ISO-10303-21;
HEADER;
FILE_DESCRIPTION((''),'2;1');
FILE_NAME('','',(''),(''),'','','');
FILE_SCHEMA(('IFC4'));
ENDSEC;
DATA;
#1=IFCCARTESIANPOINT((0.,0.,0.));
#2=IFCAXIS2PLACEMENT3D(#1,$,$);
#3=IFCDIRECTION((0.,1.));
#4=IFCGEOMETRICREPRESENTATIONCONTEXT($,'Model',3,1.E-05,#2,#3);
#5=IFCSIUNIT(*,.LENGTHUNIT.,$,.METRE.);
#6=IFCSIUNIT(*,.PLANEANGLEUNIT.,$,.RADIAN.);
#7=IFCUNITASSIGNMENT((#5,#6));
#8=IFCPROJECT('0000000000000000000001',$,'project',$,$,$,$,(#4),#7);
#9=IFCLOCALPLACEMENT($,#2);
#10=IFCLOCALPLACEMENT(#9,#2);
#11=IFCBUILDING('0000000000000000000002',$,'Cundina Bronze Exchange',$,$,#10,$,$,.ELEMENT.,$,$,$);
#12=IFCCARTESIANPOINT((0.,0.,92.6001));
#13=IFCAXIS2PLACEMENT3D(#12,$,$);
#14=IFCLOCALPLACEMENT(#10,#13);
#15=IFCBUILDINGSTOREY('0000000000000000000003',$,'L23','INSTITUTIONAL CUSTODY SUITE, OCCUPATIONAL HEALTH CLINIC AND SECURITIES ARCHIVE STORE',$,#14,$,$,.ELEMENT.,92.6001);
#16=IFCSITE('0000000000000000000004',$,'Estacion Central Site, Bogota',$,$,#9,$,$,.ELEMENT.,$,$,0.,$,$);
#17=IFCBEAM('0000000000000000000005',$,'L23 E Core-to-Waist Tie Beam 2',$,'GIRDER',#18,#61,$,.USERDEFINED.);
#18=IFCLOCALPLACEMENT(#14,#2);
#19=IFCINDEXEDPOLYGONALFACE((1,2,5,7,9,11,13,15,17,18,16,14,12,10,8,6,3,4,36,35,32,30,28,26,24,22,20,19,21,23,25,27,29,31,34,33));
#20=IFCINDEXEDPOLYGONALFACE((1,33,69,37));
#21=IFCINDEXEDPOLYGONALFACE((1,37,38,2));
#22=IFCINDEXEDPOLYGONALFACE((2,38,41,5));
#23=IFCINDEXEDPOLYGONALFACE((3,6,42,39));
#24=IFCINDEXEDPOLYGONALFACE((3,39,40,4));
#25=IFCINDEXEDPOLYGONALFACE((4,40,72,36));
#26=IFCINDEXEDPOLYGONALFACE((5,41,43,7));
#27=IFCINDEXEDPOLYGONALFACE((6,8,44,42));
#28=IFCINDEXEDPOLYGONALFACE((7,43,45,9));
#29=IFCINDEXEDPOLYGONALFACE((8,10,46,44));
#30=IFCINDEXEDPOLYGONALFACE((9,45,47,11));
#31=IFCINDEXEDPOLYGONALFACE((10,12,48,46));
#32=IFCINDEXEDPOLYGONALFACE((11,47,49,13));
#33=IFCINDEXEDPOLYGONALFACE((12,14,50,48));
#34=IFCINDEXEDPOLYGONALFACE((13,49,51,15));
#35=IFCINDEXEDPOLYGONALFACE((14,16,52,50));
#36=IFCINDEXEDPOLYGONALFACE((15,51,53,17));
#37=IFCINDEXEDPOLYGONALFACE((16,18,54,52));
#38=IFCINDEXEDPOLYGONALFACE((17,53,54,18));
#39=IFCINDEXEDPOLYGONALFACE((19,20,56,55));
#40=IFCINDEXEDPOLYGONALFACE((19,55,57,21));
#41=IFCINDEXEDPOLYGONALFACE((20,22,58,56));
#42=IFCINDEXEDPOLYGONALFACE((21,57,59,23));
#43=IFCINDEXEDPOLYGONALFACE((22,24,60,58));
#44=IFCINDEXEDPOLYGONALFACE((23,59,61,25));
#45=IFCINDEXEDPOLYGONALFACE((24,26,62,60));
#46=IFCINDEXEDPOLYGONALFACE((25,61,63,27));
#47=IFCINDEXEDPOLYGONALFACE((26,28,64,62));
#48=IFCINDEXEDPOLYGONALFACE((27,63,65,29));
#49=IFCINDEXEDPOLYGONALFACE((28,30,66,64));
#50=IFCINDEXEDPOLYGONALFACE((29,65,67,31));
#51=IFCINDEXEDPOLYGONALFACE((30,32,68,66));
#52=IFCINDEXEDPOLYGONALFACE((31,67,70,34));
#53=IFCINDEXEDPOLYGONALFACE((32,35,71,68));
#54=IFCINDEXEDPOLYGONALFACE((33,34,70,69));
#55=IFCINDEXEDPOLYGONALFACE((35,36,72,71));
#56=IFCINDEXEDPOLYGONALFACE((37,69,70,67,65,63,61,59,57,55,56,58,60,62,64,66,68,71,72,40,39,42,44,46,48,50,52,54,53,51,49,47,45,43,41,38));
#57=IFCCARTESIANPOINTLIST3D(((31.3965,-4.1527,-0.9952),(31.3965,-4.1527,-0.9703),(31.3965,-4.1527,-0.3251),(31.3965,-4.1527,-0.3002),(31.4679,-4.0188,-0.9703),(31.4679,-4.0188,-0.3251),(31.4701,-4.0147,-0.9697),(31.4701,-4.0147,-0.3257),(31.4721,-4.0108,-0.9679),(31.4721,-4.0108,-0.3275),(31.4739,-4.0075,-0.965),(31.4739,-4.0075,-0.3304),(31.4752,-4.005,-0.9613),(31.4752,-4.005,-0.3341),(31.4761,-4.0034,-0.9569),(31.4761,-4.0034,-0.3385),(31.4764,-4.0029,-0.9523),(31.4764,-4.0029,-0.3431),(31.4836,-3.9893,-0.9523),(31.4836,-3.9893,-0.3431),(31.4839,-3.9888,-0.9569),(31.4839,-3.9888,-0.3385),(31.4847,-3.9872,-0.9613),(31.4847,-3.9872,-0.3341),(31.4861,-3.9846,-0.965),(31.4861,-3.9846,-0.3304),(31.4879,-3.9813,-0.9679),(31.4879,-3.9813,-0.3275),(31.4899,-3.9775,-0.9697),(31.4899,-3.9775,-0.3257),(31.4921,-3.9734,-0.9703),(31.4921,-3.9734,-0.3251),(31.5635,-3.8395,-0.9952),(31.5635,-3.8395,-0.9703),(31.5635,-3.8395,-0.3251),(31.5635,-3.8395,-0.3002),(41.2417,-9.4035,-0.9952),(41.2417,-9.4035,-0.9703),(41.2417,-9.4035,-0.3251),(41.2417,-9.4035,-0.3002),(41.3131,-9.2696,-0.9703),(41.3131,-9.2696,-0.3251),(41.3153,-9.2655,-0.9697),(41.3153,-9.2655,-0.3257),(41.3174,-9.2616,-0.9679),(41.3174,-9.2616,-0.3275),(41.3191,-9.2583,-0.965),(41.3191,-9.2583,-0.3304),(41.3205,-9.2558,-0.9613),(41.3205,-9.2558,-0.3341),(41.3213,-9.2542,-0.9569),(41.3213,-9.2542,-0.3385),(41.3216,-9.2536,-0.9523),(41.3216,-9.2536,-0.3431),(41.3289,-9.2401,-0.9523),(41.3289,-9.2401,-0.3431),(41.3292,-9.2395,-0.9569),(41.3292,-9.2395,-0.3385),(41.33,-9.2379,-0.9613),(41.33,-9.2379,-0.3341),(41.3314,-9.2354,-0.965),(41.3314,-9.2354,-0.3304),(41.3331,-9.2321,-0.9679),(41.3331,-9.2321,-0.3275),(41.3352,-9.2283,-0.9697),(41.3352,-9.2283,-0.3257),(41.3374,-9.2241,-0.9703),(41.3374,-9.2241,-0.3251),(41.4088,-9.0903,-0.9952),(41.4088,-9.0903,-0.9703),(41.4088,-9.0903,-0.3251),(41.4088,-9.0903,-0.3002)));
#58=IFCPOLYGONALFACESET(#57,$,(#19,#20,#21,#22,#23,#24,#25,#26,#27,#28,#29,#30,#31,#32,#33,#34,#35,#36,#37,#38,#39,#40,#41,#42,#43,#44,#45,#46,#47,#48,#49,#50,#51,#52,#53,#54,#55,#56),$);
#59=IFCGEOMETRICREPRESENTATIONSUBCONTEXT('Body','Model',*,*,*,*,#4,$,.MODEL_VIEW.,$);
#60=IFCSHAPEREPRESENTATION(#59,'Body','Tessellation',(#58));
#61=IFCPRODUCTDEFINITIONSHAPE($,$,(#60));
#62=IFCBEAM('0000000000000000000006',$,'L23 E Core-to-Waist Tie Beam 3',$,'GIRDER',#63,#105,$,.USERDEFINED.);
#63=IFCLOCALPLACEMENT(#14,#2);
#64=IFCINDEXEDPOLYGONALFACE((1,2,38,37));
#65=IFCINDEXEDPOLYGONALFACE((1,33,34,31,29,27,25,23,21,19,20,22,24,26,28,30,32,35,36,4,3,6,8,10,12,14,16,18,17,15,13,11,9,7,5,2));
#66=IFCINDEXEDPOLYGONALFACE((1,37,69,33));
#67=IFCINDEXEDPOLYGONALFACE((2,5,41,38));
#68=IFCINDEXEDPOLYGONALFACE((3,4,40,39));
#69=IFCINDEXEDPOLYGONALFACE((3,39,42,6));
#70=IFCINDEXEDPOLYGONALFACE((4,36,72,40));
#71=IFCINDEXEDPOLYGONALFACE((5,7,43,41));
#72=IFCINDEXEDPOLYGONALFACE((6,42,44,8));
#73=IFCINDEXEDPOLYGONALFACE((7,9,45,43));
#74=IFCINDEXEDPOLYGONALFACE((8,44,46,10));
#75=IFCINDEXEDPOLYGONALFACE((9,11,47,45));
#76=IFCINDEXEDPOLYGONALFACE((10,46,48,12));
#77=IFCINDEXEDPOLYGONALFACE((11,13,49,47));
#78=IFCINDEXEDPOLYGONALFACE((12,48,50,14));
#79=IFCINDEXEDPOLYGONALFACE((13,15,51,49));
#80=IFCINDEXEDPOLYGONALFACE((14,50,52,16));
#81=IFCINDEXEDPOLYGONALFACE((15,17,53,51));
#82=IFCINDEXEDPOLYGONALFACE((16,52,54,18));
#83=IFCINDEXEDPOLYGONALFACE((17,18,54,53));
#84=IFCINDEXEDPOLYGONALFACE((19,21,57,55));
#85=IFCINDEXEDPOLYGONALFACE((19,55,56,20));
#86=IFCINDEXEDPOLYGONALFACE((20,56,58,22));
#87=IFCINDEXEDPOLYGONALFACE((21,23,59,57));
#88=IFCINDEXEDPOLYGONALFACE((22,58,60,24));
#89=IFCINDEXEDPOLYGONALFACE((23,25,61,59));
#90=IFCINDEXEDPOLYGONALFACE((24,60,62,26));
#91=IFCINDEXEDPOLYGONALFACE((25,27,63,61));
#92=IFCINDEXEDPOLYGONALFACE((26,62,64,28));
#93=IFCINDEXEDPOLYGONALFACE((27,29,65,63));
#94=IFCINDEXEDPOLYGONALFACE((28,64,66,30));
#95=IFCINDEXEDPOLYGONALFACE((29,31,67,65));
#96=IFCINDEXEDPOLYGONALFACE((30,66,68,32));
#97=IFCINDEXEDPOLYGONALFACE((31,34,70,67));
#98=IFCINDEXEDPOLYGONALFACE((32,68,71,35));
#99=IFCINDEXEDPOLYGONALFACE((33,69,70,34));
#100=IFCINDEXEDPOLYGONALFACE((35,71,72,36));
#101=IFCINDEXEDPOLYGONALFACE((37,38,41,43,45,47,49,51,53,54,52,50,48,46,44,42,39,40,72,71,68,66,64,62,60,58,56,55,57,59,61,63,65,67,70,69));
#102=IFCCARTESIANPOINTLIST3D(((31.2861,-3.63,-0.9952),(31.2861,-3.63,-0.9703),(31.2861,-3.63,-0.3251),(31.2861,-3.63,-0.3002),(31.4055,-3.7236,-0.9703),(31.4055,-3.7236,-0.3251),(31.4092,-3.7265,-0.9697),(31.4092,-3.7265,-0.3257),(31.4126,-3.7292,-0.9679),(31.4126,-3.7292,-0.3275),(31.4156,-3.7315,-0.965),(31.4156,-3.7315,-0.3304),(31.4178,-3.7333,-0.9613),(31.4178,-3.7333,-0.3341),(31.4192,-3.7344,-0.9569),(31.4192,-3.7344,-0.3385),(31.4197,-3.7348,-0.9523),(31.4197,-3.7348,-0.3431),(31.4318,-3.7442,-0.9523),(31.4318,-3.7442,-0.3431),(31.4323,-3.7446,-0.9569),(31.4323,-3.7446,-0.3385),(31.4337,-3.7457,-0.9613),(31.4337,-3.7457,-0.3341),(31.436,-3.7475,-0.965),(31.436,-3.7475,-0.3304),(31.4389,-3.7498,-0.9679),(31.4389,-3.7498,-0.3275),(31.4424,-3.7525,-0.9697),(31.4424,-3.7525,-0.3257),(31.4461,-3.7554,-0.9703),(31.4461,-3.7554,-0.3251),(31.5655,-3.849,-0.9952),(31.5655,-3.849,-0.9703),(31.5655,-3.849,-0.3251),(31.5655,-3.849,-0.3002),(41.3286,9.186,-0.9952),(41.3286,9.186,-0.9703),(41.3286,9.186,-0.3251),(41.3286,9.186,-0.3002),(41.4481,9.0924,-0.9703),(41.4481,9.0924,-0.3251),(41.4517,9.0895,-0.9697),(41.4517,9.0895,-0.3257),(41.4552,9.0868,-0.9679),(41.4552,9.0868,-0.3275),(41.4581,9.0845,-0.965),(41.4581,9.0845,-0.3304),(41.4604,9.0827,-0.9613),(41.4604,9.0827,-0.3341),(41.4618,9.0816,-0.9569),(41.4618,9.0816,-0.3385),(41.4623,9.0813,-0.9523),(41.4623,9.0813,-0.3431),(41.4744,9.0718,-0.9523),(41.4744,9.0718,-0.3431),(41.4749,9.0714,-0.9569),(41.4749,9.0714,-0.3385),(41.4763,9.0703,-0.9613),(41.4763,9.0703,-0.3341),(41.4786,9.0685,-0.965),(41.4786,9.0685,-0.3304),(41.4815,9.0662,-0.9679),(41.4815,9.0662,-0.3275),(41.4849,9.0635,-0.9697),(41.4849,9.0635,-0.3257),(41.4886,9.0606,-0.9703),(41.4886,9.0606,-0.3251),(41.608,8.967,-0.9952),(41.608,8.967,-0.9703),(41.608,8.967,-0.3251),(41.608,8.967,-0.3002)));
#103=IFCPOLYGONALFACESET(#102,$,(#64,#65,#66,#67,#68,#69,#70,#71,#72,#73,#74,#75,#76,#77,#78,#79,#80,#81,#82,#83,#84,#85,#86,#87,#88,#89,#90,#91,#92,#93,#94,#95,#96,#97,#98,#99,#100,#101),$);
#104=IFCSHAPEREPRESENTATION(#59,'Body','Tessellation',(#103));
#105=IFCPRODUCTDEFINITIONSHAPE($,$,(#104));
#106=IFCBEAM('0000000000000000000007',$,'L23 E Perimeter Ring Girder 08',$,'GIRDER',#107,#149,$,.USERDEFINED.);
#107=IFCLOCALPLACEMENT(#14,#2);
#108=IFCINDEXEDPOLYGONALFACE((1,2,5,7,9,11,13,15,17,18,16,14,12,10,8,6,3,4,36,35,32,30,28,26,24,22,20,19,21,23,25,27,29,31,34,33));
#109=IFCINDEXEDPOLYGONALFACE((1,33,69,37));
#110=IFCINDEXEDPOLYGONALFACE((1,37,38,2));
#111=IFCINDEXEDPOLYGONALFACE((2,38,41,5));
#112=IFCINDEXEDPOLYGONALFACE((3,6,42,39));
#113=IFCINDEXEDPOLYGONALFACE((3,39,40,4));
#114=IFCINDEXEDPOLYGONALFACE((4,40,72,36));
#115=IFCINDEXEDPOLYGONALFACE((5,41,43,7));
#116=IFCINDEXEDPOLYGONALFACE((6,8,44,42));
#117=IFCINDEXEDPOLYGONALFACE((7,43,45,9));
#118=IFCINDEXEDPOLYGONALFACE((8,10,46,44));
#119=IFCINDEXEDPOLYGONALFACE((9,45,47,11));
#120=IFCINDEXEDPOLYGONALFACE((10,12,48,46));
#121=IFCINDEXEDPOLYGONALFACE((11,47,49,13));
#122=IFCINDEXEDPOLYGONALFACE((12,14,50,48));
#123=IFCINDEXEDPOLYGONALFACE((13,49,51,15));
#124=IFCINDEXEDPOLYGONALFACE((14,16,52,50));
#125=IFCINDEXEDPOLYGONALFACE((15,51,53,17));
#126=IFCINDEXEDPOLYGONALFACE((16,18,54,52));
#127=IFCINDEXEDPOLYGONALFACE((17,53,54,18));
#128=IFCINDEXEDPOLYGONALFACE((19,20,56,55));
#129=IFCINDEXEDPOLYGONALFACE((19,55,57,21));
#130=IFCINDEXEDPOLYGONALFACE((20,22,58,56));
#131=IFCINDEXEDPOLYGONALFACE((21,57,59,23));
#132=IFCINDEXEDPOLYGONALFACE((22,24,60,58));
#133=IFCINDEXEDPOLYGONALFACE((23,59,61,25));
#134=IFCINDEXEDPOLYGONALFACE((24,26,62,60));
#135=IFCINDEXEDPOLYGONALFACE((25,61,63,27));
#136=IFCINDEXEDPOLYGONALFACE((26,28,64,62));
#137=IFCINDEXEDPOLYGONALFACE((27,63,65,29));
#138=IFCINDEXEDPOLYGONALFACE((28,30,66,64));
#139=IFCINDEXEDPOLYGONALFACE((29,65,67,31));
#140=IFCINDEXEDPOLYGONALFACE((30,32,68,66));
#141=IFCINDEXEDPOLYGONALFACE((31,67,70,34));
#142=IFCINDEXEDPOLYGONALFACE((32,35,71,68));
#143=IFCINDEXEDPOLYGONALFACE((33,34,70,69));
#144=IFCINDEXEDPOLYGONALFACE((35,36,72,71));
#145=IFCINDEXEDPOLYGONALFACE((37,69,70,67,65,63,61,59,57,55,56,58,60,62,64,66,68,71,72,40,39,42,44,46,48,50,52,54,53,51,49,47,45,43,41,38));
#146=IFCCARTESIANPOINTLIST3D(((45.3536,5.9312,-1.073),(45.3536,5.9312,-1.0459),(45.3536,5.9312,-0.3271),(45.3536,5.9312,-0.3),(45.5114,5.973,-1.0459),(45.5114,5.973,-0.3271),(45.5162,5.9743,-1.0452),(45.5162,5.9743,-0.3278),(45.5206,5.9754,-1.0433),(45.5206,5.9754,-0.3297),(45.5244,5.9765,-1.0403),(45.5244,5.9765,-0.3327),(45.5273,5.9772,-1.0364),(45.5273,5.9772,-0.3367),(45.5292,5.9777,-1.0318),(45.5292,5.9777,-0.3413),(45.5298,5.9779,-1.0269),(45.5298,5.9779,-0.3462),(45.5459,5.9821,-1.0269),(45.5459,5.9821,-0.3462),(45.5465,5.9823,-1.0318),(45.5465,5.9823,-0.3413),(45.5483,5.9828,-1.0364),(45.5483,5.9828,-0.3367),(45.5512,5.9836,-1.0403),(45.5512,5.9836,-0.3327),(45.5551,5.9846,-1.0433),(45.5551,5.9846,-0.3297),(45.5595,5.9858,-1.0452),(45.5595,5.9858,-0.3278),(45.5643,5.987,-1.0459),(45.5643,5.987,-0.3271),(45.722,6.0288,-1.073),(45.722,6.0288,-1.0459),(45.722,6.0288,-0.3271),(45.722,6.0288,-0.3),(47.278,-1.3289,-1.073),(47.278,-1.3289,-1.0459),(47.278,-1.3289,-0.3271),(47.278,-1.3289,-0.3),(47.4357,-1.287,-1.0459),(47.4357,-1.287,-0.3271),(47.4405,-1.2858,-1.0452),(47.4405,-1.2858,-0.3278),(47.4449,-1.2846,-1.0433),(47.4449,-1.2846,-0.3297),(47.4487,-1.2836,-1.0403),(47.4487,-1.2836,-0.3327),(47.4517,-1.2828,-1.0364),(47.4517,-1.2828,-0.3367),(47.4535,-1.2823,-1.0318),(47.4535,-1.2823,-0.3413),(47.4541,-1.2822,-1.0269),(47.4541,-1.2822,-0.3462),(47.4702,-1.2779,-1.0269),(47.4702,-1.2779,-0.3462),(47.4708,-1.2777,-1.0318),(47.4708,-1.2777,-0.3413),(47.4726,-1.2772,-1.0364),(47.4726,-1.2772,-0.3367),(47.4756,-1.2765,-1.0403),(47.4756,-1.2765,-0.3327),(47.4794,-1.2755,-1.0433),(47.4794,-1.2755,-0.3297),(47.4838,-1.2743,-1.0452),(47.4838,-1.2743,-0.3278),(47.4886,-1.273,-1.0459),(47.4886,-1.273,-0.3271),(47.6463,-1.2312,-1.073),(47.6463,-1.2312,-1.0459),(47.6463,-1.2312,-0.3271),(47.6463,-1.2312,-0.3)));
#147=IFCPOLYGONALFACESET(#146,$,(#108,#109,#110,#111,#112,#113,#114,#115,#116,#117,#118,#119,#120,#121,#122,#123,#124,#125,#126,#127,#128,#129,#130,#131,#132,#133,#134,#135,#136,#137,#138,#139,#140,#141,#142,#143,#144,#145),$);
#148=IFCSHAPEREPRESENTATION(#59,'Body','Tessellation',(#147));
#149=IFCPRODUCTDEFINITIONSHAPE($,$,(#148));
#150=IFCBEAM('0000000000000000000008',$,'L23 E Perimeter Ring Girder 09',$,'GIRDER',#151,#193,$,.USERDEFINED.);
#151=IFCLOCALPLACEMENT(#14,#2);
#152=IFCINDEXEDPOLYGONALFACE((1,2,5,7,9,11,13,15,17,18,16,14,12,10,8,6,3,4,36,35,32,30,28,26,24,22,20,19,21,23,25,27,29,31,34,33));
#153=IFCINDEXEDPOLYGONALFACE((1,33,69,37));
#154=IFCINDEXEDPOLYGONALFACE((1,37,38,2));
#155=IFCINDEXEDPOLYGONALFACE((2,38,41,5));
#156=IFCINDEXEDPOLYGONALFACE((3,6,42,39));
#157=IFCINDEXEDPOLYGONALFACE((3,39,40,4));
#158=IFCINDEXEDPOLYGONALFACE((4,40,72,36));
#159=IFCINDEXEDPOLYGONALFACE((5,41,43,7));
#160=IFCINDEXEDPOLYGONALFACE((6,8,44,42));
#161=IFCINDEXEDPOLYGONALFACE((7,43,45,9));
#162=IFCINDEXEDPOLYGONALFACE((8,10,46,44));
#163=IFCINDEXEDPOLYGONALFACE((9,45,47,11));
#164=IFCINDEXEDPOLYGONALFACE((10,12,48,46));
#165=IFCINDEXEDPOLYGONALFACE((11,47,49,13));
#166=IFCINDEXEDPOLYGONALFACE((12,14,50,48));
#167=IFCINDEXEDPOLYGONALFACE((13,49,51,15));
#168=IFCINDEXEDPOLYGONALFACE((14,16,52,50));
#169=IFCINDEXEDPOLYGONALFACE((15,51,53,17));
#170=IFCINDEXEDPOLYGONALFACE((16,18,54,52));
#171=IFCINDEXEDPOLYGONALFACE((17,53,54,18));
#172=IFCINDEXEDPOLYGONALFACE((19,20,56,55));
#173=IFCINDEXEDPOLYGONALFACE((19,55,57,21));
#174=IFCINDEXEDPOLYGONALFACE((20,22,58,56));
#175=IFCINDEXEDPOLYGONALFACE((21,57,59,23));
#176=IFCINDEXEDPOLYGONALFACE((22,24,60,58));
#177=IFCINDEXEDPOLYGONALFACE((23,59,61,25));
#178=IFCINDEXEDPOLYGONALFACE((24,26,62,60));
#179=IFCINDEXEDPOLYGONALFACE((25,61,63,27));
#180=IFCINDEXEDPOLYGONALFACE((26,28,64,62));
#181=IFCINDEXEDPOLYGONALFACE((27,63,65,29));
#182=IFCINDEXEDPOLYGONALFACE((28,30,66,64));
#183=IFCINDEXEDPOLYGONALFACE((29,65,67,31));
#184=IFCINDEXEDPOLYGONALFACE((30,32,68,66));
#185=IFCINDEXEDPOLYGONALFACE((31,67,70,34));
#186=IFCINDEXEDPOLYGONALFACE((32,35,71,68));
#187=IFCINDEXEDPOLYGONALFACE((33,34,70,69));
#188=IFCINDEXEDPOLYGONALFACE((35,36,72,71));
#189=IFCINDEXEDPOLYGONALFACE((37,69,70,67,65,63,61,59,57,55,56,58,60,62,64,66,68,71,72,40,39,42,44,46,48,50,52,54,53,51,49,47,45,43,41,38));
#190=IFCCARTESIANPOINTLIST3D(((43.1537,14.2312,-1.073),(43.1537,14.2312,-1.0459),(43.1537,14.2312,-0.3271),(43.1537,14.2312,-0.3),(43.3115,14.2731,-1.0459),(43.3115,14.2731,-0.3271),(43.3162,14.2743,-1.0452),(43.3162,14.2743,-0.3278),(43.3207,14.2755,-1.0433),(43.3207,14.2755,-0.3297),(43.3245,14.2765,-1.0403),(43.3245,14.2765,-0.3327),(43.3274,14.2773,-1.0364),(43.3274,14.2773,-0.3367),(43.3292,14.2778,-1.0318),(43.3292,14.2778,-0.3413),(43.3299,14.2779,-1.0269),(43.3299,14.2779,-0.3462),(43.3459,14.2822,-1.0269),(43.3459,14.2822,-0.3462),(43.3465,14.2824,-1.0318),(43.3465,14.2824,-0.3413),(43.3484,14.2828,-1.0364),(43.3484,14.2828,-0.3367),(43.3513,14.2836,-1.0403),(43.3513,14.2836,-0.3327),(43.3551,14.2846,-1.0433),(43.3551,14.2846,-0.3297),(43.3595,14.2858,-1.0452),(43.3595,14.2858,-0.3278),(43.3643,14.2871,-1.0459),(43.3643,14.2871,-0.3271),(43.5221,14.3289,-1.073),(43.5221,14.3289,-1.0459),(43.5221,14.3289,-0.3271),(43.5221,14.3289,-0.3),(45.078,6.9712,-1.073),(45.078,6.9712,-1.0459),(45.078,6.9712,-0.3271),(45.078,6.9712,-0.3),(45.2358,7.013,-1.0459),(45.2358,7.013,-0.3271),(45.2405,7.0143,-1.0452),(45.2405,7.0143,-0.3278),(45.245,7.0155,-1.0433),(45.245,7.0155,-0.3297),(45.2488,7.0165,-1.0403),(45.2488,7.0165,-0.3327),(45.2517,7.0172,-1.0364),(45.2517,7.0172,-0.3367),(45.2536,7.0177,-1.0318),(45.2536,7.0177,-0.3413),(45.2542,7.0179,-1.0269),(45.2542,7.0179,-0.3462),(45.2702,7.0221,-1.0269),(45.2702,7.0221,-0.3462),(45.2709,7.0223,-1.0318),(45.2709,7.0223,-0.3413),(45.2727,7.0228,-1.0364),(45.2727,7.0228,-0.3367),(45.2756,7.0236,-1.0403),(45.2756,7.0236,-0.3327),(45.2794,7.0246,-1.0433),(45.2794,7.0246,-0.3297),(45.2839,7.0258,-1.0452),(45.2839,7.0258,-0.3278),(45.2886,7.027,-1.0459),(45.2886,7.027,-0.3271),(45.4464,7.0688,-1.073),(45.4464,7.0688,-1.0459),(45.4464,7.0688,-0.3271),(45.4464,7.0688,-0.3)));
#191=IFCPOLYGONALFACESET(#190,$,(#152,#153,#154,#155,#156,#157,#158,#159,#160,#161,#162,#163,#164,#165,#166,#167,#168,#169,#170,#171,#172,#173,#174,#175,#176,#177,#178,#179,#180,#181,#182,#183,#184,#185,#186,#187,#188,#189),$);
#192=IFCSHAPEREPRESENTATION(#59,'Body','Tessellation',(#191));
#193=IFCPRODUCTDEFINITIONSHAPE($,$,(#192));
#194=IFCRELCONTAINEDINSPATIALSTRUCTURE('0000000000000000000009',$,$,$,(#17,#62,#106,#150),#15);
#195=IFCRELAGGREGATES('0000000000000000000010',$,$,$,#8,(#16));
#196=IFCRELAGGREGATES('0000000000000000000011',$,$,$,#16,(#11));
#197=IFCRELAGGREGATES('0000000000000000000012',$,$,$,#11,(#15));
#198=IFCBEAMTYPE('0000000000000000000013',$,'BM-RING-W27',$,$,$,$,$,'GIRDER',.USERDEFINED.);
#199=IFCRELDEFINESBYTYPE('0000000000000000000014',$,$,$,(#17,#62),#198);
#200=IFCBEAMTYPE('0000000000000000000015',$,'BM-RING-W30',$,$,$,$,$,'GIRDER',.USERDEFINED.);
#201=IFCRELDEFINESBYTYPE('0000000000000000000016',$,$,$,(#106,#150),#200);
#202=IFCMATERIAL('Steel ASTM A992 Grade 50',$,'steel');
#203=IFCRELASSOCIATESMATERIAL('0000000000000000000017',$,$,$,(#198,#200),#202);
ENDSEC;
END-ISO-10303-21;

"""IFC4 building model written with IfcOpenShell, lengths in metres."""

from ifc_helpers import new_model, si_unit, direction, frame, origin, origin_2d, place, context, subcontext, project, spatial, i_section, extrude, material, material_profile, profile_set, type_object, element, save


model = new_model("IFC4")

# Units and contexts
model_context = context("Model", 3, precision=1e-05, world=origin(), true_north=direction((0.0, 1.0)))
body_context = subcontext(model_context, "Body", "Model", "MODEL_VIEW")
ifc_project = project(units=[si_unit("LENGTHUNIT", "METRE"), si_unit("PLANEANGLEUNIT", "RADIAN")], contexts=[model_context])

# Site, building, storey
site_placement = place(None, origin())
site = spatial("IfcSite", under=ifc_project, at=site_placement, Name="Estacion Central Site, Bogota", CompositionType="ELEMENT", RefElevation=0.0)
building_placement = place(site_placement, origin())
building = spatial("IfcBuilding", under=site, at=building_placement, Name="Cundina Bronze Exchange", CompositionType="ELEMENT")
storey_placement = place(building_placement, frame((0.0, 0.0, 92.6001)))
storey = spatial("IfcBuildingStorey", under=building, at=storey_placement, Name="L23", Description="INSTITUTIONAL CUSTODY SUITE, OCCUPATIONAL HEALTH CLINIC AND SECURITIES ARCHIVE STORE", CompositionType="ELEMENT", Elevation=92.6001)

# Shared definitions
ifc_material_1 = material(Name="Steel ASTM A992 Grade 50", Category="steel")

# Beams
ifc_material_profile_1 = material_profile(ifc_material_1, i_section(OverallWidth=0.355, OverallDepth=0.6951, WebThickness=0.0154, FlangeThickness=0.0249, FilletRadius=0.0181, at=origin_2d()), Name="W27X146", Category="steel")
ifc_profile_set_1 = profile_set([ifc_material_profile_1], Name="Steel ASTM A992 Grade 50")
beam_type_1 = type_object("IfcBeamType", Name="BM-RING-W27", ElementType="GIRDER", PredefinedType="USERDEFINED", material=ifc_profile_set_1)
beam_1_placement = place(storey_placement, frame((31.48, -3.9961, -0.6477), z_axis=(0.882355, -0.470585, 0.0), x_axis=(0.470585, 0.882355, 0.0)))
element("IfcBeam", 1, at=beam_1_placement, inside=storey, type_object=beam_type_1, Name="L23 E Core-to-Waist Tie Beam 2", ObjectType="GIRDER", PredefinedType="USERDEFINED", context=body_context, shape_type="SweptSolid", body=[
    extrude(i_section(OverallWidth=0.355, OverallDepth=0.6951, WebThickness=0.0154, FlangeThickness=0.0249, FilletRadius=0.0181, at=origin_2d()), origin(), (0.0, 0.0, 1.0), 11.158),
])
beam_2_placement = place(storey_placement, frame((31.4258, -3.7395, -0.6477), z_axis=(0.616789, 0.787128, 0.0), x_axis=(-0.787128, 0.616789, 0.0)))
element("IfcBeam", 2, at=beam_2_placement, inside=storey, type_object=beam_type_1, Name="L23 E Core-to-Waist Tie Beam 3", ObjectType="GIRDER", PredefinedType="USERDEFINED", context=body_context, shape_type="SweptSolid", body=[
    extrude(i_section(OverallWidth=0.355, OverallDepth=0.6951, WebThickness=0.0154, FlangeThickness=0.0249, FilletRadius=0.0181, at=origin_2d()), origin(), (0.0, 0.0, 1.0), 16.282),
])
ifc_material_profile_2 = material_profile(ifc_material_1, i_section(OverallWidth=0.3811, OverallDepth=0.7729, WebThickness=0.0166, FlangeThickness=0.0271, FilletRadius=0.019, at=origin_2d()), Name="W30X173", Category="steel")
ifc_profile_set_2 = profile_set([ifc_material_profile_2], Name="Steel ASTM A992 Grade 50")
beam_type_2 = type_object("IfcBeamType", Name="BM-RING-W30", ElementType="GIRDER", PredefinedType="USERDEFINED", material=ifc_profile_set_2)
for number, where, z_axis, x_axis, name in (
    (3, (47.4622, -1.28, -0.6865), (-0.25621, 0.966621, 0.0), (-0.966621, -0.25621, 0.0), "L23 E Perimeter Ring Girder 08"),
    (4, (45.2622, 7.02, -0.6865), (-0.25621, 0.966621, 0.0), (-0.966621, -0.25621, 0.0), "L23 E Perimeter Ring Girder 09"),
):
    element("IfcBeam", number, at=place(storey_placement, frame(where, z_axis=z_axis, x_axis=x_axis)), inside=storey, type_object=beam_type_2, Name=name, ObjectType="GIRDER", PredefinedType="USERDEFINED", context=body_context, shape_type="SweptSolid", body=[
        extrude(i_section(OverallWidth=0.3811, OverallDepth=0.7729, WebThickness=0.0166, FlangeThickness=0.0271, FilletRadius=0.019, at=origin_2d()), origin(), (0.0, 0.0, 1.0), 7.5107),
    ])

save(model, "model.ifc")
